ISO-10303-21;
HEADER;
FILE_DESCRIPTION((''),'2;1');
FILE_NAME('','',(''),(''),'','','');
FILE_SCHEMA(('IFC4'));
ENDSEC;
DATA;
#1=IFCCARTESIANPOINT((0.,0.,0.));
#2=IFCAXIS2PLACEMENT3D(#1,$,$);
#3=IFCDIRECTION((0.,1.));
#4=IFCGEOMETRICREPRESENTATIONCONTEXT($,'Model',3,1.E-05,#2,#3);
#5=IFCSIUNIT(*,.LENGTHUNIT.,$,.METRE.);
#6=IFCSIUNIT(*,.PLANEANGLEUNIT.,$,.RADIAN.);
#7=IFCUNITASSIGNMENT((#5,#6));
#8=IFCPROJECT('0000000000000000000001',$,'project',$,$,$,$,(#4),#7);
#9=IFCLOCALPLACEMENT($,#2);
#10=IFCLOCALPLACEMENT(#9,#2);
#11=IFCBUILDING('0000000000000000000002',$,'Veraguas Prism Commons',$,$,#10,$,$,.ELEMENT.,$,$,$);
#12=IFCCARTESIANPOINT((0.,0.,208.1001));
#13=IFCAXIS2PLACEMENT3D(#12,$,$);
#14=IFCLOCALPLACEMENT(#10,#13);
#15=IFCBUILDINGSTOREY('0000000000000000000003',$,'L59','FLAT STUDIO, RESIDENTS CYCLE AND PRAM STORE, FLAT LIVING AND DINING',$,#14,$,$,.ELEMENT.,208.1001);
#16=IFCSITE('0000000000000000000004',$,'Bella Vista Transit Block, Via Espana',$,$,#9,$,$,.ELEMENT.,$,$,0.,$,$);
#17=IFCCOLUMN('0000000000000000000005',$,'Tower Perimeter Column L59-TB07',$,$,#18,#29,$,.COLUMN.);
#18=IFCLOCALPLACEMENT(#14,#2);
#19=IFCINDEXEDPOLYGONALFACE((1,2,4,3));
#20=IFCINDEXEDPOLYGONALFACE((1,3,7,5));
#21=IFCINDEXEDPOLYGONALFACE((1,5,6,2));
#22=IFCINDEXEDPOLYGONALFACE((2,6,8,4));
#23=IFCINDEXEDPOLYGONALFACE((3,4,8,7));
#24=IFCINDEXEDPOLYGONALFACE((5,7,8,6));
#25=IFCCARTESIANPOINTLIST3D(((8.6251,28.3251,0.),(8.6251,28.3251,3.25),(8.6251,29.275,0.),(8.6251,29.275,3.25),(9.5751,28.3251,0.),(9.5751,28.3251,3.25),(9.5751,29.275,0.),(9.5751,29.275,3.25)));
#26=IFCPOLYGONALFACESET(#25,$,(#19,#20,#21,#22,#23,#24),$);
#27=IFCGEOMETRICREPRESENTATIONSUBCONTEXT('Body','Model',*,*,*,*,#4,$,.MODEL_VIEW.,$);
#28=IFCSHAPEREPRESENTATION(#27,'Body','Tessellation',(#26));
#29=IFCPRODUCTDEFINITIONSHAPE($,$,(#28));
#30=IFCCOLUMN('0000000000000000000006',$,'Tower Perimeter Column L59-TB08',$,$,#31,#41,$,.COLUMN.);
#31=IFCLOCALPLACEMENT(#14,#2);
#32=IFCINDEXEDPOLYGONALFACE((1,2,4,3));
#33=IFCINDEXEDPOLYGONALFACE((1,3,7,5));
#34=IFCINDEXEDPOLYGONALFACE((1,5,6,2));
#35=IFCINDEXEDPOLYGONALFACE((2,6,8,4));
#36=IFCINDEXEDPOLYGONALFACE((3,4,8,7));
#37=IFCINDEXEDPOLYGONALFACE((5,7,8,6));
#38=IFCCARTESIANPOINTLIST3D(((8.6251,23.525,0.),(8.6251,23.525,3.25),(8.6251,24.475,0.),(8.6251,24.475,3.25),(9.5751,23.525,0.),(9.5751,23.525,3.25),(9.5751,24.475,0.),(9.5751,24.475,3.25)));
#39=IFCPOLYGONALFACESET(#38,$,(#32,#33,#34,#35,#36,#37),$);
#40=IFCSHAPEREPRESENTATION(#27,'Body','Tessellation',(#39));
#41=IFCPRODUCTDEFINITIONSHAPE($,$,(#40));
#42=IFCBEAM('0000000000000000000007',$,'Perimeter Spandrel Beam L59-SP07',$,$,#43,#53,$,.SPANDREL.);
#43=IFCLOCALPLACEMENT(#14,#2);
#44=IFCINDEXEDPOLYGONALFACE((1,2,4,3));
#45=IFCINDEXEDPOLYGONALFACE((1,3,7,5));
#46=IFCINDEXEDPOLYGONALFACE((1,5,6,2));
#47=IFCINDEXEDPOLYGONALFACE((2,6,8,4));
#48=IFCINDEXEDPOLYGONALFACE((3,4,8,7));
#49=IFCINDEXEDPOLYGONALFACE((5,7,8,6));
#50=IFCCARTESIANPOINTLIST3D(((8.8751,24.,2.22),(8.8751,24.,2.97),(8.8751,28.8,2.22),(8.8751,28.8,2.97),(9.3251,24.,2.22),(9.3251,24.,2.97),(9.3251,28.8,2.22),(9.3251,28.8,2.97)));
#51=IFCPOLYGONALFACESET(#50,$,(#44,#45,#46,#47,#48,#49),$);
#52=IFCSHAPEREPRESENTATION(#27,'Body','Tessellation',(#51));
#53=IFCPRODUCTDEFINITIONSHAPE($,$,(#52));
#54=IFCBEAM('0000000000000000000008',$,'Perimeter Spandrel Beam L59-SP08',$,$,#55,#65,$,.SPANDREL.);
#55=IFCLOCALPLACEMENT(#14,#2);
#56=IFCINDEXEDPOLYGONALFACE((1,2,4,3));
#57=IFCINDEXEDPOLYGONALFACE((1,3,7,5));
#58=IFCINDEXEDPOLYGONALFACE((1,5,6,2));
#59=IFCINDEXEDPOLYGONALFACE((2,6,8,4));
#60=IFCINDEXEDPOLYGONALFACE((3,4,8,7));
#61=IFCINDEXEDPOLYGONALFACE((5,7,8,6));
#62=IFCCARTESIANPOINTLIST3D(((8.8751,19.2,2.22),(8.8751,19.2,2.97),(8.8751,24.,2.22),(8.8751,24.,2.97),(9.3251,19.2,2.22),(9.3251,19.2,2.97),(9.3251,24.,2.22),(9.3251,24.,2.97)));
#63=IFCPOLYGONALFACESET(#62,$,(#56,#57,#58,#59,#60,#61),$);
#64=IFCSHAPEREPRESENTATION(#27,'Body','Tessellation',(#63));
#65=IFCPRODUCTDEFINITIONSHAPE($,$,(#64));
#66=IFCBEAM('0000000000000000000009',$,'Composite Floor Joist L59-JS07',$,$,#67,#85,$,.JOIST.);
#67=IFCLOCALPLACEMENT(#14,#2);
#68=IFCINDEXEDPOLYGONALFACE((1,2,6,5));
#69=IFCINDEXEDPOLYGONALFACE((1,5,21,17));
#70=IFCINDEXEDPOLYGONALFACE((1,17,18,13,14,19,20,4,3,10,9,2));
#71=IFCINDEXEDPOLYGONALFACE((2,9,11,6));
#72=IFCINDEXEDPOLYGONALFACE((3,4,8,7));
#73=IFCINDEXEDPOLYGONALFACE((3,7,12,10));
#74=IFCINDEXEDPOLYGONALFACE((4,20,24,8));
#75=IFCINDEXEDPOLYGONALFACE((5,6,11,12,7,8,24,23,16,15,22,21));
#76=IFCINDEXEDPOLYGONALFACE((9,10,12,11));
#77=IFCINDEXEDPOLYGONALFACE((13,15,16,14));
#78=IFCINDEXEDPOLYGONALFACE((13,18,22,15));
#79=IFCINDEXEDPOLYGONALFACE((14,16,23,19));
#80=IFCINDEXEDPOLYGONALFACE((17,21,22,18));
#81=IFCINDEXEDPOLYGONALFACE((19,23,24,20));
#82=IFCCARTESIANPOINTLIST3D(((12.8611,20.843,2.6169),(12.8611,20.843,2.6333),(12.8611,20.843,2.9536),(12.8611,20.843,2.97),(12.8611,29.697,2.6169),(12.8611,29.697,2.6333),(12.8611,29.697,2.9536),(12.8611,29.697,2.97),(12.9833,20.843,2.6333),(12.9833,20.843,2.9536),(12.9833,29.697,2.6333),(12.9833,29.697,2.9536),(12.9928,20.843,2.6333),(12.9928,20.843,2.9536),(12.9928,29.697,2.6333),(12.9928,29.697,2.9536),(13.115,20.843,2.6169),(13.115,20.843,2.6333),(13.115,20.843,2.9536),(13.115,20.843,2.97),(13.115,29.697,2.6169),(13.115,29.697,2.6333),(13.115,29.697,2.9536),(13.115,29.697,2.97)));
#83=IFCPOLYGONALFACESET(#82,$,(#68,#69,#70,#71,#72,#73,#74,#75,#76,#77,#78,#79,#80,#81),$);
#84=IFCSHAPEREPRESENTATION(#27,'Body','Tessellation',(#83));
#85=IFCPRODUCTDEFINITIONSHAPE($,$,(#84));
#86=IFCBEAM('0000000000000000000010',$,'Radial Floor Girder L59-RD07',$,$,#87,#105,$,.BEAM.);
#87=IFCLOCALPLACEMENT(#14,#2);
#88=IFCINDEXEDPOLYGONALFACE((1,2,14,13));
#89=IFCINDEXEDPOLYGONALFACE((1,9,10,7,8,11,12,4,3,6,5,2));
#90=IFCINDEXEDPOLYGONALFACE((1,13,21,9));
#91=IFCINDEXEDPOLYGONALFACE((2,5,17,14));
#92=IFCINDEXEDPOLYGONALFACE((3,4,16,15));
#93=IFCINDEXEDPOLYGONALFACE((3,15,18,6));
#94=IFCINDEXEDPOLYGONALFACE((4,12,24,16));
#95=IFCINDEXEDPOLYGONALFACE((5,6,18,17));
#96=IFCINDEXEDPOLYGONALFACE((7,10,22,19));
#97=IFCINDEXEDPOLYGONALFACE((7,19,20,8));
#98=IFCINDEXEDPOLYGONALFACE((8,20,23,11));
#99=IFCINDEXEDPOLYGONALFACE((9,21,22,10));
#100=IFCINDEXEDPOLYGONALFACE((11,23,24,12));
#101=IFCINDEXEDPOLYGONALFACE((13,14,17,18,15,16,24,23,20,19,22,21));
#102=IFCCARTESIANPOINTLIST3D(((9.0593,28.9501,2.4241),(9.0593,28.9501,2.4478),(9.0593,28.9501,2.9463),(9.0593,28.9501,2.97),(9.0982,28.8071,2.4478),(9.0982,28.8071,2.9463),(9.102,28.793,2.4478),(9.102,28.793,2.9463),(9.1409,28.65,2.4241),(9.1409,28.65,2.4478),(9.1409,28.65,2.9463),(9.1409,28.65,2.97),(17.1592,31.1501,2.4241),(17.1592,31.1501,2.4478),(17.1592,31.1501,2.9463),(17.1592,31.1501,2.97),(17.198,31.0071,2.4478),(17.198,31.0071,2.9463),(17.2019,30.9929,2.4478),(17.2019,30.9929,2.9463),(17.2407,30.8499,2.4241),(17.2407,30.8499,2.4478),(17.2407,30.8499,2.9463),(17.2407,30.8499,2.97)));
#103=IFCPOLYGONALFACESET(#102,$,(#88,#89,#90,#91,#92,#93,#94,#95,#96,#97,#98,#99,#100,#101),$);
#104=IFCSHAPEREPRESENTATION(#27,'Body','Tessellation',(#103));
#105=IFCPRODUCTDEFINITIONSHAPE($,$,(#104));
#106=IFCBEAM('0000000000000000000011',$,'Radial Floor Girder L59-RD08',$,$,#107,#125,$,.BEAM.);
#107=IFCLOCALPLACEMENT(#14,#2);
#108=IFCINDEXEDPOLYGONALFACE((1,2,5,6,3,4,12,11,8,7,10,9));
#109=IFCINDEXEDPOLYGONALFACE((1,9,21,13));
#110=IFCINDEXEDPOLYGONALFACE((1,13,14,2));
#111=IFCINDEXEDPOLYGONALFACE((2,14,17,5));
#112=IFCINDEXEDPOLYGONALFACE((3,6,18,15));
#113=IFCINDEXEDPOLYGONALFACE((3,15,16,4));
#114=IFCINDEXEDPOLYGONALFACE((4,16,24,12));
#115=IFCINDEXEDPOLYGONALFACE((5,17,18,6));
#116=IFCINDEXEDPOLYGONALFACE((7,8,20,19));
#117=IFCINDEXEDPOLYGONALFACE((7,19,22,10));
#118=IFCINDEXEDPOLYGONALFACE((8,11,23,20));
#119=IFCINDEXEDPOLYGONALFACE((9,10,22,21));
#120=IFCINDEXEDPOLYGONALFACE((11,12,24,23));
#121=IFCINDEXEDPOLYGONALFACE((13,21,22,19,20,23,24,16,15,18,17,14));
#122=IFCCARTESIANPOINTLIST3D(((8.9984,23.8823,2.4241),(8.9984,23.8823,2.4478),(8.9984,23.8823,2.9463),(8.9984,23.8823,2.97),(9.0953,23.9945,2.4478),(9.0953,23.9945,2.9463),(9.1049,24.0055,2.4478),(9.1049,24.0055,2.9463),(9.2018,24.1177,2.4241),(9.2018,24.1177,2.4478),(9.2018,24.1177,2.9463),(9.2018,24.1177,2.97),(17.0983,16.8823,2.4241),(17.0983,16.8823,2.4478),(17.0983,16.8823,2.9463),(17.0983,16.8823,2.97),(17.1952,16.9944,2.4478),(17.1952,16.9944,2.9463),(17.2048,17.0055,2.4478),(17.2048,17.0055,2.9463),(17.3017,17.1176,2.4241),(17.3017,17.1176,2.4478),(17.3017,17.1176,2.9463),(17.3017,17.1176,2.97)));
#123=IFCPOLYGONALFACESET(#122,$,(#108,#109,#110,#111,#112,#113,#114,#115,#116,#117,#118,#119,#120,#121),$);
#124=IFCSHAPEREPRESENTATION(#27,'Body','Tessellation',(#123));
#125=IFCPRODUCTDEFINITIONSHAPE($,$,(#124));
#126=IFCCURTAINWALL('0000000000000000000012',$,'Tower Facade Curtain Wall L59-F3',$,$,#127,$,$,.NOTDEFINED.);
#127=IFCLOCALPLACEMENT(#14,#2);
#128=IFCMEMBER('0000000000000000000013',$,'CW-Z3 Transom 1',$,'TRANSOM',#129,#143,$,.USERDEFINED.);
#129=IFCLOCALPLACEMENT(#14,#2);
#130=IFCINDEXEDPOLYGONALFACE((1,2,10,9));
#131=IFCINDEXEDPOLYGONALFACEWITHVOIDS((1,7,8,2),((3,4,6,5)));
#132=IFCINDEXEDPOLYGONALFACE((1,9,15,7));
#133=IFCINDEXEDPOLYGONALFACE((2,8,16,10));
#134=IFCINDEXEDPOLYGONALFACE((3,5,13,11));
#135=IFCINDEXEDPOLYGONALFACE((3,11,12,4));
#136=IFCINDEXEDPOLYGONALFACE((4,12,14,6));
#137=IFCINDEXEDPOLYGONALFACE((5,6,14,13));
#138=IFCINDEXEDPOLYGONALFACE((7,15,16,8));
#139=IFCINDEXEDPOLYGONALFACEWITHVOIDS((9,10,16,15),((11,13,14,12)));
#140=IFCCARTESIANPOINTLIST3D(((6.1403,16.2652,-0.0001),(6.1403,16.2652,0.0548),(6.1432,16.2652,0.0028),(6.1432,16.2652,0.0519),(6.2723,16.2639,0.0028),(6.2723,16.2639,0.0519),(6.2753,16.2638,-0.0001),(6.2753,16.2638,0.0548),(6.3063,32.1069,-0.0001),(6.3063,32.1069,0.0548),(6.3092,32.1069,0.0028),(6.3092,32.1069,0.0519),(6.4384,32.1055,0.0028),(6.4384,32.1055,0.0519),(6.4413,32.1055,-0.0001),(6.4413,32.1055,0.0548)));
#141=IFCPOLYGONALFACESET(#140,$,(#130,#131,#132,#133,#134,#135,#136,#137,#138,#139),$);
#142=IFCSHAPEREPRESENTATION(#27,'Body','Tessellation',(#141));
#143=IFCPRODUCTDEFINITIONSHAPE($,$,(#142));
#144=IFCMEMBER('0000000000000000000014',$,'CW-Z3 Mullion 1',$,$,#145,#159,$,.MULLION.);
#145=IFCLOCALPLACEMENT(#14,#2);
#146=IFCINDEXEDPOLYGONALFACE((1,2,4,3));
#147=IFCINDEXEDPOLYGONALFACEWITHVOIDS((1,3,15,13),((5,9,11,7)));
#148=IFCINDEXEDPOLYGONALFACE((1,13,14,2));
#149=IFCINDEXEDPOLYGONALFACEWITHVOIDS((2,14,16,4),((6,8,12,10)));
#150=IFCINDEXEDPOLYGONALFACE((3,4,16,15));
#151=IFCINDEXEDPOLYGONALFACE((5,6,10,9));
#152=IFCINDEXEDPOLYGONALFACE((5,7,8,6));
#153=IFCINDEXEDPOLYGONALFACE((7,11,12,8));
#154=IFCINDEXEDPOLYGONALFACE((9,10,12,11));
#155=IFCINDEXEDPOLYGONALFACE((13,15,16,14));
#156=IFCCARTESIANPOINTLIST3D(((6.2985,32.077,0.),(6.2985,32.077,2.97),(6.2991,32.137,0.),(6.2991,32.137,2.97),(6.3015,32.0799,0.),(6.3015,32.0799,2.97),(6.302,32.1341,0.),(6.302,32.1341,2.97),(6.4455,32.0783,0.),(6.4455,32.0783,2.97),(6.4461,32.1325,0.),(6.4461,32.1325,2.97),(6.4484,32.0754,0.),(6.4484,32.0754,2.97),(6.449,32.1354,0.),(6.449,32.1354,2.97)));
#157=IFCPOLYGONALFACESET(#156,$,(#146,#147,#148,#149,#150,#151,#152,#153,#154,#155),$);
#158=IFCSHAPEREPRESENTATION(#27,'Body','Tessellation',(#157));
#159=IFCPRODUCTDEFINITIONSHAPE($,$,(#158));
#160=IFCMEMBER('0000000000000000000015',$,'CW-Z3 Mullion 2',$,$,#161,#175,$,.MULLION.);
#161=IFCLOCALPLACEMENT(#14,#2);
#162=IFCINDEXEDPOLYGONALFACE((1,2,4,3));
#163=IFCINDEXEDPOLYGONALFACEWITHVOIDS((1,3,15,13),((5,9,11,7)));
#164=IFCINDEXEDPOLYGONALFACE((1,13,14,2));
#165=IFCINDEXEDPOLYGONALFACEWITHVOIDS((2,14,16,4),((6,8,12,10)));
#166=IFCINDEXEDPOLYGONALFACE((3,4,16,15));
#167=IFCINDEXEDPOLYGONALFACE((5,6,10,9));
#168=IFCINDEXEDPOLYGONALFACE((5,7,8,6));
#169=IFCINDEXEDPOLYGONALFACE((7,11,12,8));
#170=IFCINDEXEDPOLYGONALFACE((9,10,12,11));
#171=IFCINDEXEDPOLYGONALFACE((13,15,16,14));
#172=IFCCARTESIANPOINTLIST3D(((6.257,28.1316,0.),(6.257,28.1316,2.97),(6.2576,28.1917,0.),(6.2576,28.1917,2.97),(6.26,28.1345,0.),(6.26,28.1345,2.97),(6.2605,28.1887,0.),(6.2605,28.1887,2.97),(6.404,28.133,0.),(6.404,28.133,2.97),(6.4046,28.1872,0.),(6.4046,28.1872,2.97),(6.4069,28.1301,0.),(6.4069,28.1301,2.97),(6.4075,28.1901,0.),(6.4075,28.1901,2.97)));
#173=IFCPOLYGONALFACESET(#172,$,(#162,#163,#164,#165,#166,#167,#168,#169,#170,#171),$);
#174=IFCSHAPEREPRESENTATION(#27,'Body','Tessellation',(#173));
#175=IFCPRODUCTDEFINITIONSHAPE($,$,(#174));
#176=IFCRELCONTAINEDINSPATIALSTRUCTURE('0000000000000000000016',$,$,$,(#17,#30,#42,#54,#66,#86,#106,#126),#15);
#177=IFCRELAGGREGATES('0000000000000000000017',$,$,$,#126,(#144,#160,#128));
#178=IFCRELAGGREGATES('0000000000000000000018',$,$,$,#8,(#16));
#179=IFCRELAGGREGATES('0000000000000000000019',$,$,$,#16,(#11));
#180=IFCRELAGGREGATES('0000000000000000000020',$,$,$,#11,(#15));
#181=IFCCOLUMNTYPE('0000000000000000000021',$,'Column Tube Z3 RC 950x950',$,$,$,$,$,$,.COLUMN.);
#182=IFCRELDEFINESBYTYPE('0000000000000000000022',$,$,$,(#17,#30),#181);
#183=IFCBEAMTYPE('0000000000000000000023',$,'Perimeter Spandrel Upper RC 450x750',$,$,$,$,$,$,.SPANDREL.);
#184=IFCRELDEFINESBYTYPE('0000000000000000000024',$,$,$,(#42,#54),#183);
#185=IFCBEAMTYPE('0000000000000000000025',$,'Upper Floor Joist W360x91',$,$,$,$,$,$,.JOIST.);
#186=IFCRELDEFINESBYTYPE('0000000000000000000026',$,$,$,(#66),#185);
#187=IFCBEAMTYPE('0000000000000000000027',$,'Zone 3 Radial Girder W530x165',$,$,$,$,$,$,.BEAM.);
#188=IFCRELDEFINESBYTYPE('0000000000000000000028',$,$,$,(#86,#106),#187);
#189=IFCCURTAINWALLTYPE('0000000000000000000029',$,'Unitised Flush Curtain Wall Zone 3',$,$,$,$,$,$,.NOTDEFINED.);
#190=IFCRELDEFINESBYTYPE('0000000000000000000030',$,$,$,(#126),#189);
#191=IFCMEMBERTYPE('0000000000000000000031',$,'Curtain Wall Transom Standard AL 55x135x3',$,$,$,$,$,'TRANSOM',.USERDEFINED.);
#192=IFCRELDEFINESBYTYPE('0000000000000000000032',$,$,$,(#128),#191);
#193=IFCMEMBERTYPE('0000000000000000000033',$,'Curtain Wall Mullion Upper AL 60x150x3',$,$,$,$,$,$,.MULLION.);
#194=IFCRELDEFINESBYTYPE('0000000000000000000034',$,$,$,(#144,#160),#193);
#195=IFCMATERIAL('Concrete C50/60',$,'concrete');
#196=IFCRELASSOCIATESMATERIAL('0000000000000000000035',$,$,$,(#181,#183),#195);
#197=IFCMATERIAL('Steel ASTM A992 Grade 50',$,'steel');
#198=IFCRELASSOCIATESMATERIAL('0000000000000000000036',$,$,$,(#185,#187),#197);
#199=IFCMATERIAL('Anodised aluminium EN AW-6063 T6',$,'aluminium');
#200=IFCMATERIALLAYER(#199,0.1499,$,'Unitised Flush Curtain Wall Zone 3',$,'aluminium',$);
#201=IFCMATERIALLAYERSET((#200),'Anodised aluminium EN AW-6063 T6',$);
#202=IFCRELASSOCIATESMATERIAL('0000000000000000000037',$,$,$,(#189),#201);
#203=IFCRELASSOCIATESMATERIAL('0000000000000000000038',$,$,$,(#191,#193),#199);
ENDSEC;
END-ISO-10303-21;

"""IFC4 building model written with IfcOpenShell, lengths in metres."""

from ifc_helpers import new_model, si_unit, direction, frame, origin, origin_2d, place, context, subcontext, project, spatial, rectangle, hollow_rectangle, i_section, extrude, source, transform, mapped, material, layer, layer_set, material_profile, profile_set, type_object, element, aggregate, save


model = new_model("IFC4")

# Units and contexts
model_context = context("Model", 3, precision=1e-05, world=origin(), true_north=direction((0.0, 1.0)))
body_context = subcontext(model_context, "Body", "Model", "MODEL_VIEW")
ifc_project = project(units=[si_unit("LENGTHUNIT", "METRE"), si_unit("PLANEANGLEUNIT", "RADIAN")], contexts=[model_context])

# Site, building, storey
site_placement = place(None, origin())
site = spatial("IfcSite", under=ifc_project, at=site_placement, Name="Bella Vista Transit Block, Via Espana", CompositionType="ELEMENT", RefElevation=0.0)
building_placement = place(site_placement, origin())
building = spatial("IfcBuilding", under=site, at=building_placement, Name="Veraguas Prism Commons", CompositionType="ELEMENT")
storey_placement = place(building_placement, frame((0.0, 0.0, 208.1001)))
storey = spatial("IfcBuildingStorey", under=building, at=storey_placement, Name="L59", Description="FLAT STUDIO, RESIDENTS CYCLE AND PRAM STORE, FLAT LIVING AND DINING", CompositionType="ELEMENT", Elevation=208.1001)

# Columns
ifc_material_1 = material(Name="Concrete C50/60", Category="concrete")
ifc_material_profile_1 = material_profile(ifc_material_1, rectangle(XDim=0.95, YDim=0.95, at=origin_2d()), Name="RC950X950")
ifc_profile_set_1 = profile_set([ifc_material_profile_1], Name="Concrete C50/60")
column_type = type_object("IfcColumnType", Name="Column Tube Z3 RC 950x950", PredefinedType="COLUMN", material=ifc_profile_set_1)
for number, where, z_axis, x_axis, name in (
    (1, (9.1001, 28.8, 0.0), (0.0, 0.0, 1.0), (1.0, 0.0, 0.0), "Tower Perimeter Column L59-TB07"),
    (2, (9.1001, 24.0, 0.0), (0.0, 0.0, 1.0), (1.0, 0.0, 0.0), "Tower Perimeter Column L59-TB08"),
):
    element("IfcColumn", number, at=place(storey_placement, frame(where, z_axis=z_axis, x_axis=x_axis)), inside=storey, type_object=column_type, Name=name, PredefinedType="COLUMN", context=body_context, shape_type="SweptSolid", body=[
        extrude(rectangle(XDim=0.95, YDim=0.95, at=origin_2d()), origin(), (0.0, 0.0, 1.0), 3.25),
    ])

# Beams
ifc_material_profile_2 = material_profile(ifc_material_1, rectangle(XDim=0.45, YDim=0.75, at=origin_2d()), Name="RC450X750")
ifc_profile_set_2 = profile_set([ifc_material_profile_2], Name="Concrete C50/60")
beam_type_1 = type_object("IfcBeamType", Name="Perimeter Spandrel Upper RC 450x750", PredefinedType="SPANDREL", material=ifc_profile_set_2)
for number, where, z_axis, x_axis, name in (
    (3, (9.1001, 28.8, 2.595), (0.0, -1.0, 0.0), (1.0, 0.0, 0.0), "Perimeter Spandrel Beam L59-SP07"),
    (4, (9.1001, 24.0, 2.595), (0.0, -1.0, 0.0), (1.0, 0.0, 0.0), "Perimeter Spandrel Beam L59-SP08"),
):
    element("IfcBeam", number, at=place(storey_placement, frame(where, z_axis=z_axis, x_axis=x_axis)), inside=storey, type_object=beam_type_1, Name=name, PredefinedType="SPANDREL", context=body_context, shape_type="SweptSolid", body=[
        extrude(rectangle(XDim=0.45, YDim=0.75, at=origin_2d()), origin(), (0.0, 0.0, 1.0), 4.8),
    ])
ifc_material_2 = material(Name="Steel ASTM A992 Grade 50", Category="steel")
ifc_material_profile_3 = material_profile(ifc_material_2, i_section(OverallWidth=0.2539, OverallDepth=0.353, WebThickness=0.0095, FlangeThickness=0.0164, at=origin_2d()), Name="W360X91")
ifc_profile_set_3 = profile_set([ifc_material_profile_3], Name="Steel ASTM A992 Grade 50")
beam_type_2 = type_object("IfcBeamType", Name="Upper Floor Joist W360x91", PredefinedType="JOIST", material=ifc_profile_set_3)
beam_1_placement = place(storey_placement, frame((12.988, 29.697, 2.7935), z_axis=(0.0, -1.0, 0.0), x_axis=(1.0, 0.0, 0.0)))
element("IfcBeam", 5, at=beam_1_placement, inside=storey, type_object=beam_type_2, Name="Composite Floor Joist L59-JS07", PredefinedType="JOIST", context=body_context, shape_type="SweptSolid", body=[
    extrude(i_section(OverallWidth=0.2539, OverallDepth=0.353, WebThickness=0.0095, FlangeThickness=0.0164, at=origin_2d()), origin(), (0.0, 0.0, 1.0), 8.854),
])
ifc_material_profile_4 = material_profile(ifc_material_2, i_section(OverallWidth=0.311, OverallDepth=0.5459, WebThickness=0.0146, FlangeThickness=0.0237, at=origin_2d()), Name="W530X165")
ifc_profile_set_4 = profile_set([ifc_material_profile_4], Name="Steel ASTM A992 Grade 50")
beam_type_3 = type_object("IfcBeamType", Name="Zone 3 Radial Girder W530x165", PredefinedType="BEAM", material=ifc_profile_set_4)
beam_2_placement = place(storey_placement, frame((9.1001, 28.8, 2.697), z_axis=(0.965039, 0.262108, 0.0), x_axis=(-0.262108, 0.965039, 0.0)))
element("IfcBeam", 6, at=beam_2_placement, inside=storey, type_object=beam_type_3, Name="Radial Floor Girder L59-RD07", PredefinedType="BEAM", context=body_context, shape_type="SweptSolid", body=[
    extrude(i_section(OverallWidth=0.311, OverallDepth=0.5459, WebThickness=0.0146, FlangeThickness=0.0237, at=origin_2d()), origin(), (0.0, 0.0, 1.0), 8.3933),
])
beam_3_placement = place(storey_placement, frame((9.1001, 24.0, 2.697), z_axis=(0.756607, -0.65387, 0.0), x_axis=(0.65387, 0.756607, 0.0)))
element("IfcBeam", 7, at=beam_3_placement, inside=storey, type_object=beam_type_3, Name="Radial Floor Girder L59-RD08", PredefinedType="BEAM", context=body_context, shape_type="SweptSolid", body=[
    extrude(i_section(OverallWidth=0.311, OverallDepth=0.5459, WebThickness=0.0146, FlangeThickness=0.0237, at=origin_2d()), origin(), (0.0, 0.0, 1.0), 10.7056),
])

# Curtain wall, members
ifc_material_3 = material(Name="Anodised aluminium EN AW-6063 T6", Category="aluminium")
ifc_layer_1 = layer(ifc_material_3, 0.1499, Name="Unitised Flush Curtain Wall Zone 3", Category="aluminium")
ifc_layer_set_1 = layer_set([ifc_layer_1], Name="Anodised aluminium EN AW-6063 T6")
curtain_wall_type = type_object("IfcCurtainWallType", Name="Unitised Flush Curtain Wall Zone 3", PredefinedType="NOTDEFINED", material=ifc_layer_set_1)
curtain_wall_placement = place(storey_placement, origin())
curtain_wall = element("IfcCurtainWall", 8, at=curtain_wall_placement, inside=storey, type_object=curtain_wall_type, Name="Tower Facade Curtain Wall L59-F3", PredefinedType="NOTDEFINED")
ifc_material_profile_5 = material_profile(ifc_material_3, hollow_rectangle(XDim=0.0549, YDim=0.135, WallThickness=0.0029, at=origin_2d()), Name="AL55X135X3")
ifc_profile_set_5 = profile_set([ifc_material_profile_5], Name="Anodised aluminium EN AW-6063 T6")
member_type_1 = type_object("IfcMemberType", Name="Curtain Wall Transom Standard AL 55x135x3", ElementType="TRANSOM", PredefinedType="USERDEFINED", material=ifc_profile_set_5)
shared_shape_1 = source(origin(), body_context, "Body", "SweptSolid", [
    extrude(hollow_rectangle(XDim=0.0549, YDim=0.135, WallThickness=0.0029, at=origin_2d()), origin(), (0.0, 0.0, 1.0), 15.8425),
])
member_1_placement = place(storey_placement, frame((6.3738, 32.1062, 0.0273), z_axis=(-0.010479, -0.999945, 0.0), x_axis=(0.0, 0.0, 1.0)))
member_1 = element("IfcMember", 9, at=member_1_placement, type_object=member_type_1, Name="CW-Z3 Transom 1", ObjectType="TRANSOM", PredefinedType="USERDEFINED", context=body_context, shape_type="MappedRepresentation", body=[
    mapped(shared_shape_1, transform((0.0, 0.0, 0.0), scale=1.0)),
])
ifc_material_profile_6 = material_profile(ifc_material_3, hollow_rectangle(XDim=0.0601, YDim=0.1499, WallThickness=0.0029, at=origin_2d()), Name="AL60X150X3")
ifc_profile_set_6 = profile_set([ifc_material_profile_6], Name="Anodised aluminium EN AW-6063 T6")
member_type_2 = type_object("IfcMemberType", Name="Curtain Wall Mullion Upper AL 60x150x3", PredefinedType="MULLION", material=ifc_profile_set_6)
shared_shape_2 = source(origin(), body_context, "Body", "SweptSolid", [
    extrude(hollow_rectangle(XDim=0.0601, YDim=0.1499, WallThickness=0.0029, at=origin_2d()), origin(), (0.0, 0.0, 1.0), 2.97),
])
member_2_placement = place(storey_placement, frame((6.3738, 32.1062, 0.0), z_axis=(0.0, 0.0, 1.0), x_axis=(-0.01047, -0.999945, 0.0)))
member_2 = element("IfcMember", 10, at=member_2_placement, type_object=member_type_2, Name="CW-Z3 Mullion 1", PredefinedType="MULLION", context=body_context, shape_type="MappedRepresentation", body=[
    mapped(shared_shape_2, transform((0.0, 0.0, 0.0), scale=1.0)),
])
member_3_placement = place(storey_placement, frame((6.3323, 28.1609, 0.0), z_axis=(0.0, 0.0, 1.0), x_axis=(-0.01047, -0.999945, 0.0)))
member_3 = element("IfcMember", 11, at=member_3_placement, type_object=member_type_2, Name="CW-Z3 Mullion 2", PredefinedType="MULLION", context=body_context, shape_type="MappedRepresentation", body=[
    mapped(shared_shape_2, transform((0.0, 0.0, 0.0), scale=1.0)),
])
aggregate(curtain_wall, [member_2, member_3, member_1])

save(model, "model.ifc")
